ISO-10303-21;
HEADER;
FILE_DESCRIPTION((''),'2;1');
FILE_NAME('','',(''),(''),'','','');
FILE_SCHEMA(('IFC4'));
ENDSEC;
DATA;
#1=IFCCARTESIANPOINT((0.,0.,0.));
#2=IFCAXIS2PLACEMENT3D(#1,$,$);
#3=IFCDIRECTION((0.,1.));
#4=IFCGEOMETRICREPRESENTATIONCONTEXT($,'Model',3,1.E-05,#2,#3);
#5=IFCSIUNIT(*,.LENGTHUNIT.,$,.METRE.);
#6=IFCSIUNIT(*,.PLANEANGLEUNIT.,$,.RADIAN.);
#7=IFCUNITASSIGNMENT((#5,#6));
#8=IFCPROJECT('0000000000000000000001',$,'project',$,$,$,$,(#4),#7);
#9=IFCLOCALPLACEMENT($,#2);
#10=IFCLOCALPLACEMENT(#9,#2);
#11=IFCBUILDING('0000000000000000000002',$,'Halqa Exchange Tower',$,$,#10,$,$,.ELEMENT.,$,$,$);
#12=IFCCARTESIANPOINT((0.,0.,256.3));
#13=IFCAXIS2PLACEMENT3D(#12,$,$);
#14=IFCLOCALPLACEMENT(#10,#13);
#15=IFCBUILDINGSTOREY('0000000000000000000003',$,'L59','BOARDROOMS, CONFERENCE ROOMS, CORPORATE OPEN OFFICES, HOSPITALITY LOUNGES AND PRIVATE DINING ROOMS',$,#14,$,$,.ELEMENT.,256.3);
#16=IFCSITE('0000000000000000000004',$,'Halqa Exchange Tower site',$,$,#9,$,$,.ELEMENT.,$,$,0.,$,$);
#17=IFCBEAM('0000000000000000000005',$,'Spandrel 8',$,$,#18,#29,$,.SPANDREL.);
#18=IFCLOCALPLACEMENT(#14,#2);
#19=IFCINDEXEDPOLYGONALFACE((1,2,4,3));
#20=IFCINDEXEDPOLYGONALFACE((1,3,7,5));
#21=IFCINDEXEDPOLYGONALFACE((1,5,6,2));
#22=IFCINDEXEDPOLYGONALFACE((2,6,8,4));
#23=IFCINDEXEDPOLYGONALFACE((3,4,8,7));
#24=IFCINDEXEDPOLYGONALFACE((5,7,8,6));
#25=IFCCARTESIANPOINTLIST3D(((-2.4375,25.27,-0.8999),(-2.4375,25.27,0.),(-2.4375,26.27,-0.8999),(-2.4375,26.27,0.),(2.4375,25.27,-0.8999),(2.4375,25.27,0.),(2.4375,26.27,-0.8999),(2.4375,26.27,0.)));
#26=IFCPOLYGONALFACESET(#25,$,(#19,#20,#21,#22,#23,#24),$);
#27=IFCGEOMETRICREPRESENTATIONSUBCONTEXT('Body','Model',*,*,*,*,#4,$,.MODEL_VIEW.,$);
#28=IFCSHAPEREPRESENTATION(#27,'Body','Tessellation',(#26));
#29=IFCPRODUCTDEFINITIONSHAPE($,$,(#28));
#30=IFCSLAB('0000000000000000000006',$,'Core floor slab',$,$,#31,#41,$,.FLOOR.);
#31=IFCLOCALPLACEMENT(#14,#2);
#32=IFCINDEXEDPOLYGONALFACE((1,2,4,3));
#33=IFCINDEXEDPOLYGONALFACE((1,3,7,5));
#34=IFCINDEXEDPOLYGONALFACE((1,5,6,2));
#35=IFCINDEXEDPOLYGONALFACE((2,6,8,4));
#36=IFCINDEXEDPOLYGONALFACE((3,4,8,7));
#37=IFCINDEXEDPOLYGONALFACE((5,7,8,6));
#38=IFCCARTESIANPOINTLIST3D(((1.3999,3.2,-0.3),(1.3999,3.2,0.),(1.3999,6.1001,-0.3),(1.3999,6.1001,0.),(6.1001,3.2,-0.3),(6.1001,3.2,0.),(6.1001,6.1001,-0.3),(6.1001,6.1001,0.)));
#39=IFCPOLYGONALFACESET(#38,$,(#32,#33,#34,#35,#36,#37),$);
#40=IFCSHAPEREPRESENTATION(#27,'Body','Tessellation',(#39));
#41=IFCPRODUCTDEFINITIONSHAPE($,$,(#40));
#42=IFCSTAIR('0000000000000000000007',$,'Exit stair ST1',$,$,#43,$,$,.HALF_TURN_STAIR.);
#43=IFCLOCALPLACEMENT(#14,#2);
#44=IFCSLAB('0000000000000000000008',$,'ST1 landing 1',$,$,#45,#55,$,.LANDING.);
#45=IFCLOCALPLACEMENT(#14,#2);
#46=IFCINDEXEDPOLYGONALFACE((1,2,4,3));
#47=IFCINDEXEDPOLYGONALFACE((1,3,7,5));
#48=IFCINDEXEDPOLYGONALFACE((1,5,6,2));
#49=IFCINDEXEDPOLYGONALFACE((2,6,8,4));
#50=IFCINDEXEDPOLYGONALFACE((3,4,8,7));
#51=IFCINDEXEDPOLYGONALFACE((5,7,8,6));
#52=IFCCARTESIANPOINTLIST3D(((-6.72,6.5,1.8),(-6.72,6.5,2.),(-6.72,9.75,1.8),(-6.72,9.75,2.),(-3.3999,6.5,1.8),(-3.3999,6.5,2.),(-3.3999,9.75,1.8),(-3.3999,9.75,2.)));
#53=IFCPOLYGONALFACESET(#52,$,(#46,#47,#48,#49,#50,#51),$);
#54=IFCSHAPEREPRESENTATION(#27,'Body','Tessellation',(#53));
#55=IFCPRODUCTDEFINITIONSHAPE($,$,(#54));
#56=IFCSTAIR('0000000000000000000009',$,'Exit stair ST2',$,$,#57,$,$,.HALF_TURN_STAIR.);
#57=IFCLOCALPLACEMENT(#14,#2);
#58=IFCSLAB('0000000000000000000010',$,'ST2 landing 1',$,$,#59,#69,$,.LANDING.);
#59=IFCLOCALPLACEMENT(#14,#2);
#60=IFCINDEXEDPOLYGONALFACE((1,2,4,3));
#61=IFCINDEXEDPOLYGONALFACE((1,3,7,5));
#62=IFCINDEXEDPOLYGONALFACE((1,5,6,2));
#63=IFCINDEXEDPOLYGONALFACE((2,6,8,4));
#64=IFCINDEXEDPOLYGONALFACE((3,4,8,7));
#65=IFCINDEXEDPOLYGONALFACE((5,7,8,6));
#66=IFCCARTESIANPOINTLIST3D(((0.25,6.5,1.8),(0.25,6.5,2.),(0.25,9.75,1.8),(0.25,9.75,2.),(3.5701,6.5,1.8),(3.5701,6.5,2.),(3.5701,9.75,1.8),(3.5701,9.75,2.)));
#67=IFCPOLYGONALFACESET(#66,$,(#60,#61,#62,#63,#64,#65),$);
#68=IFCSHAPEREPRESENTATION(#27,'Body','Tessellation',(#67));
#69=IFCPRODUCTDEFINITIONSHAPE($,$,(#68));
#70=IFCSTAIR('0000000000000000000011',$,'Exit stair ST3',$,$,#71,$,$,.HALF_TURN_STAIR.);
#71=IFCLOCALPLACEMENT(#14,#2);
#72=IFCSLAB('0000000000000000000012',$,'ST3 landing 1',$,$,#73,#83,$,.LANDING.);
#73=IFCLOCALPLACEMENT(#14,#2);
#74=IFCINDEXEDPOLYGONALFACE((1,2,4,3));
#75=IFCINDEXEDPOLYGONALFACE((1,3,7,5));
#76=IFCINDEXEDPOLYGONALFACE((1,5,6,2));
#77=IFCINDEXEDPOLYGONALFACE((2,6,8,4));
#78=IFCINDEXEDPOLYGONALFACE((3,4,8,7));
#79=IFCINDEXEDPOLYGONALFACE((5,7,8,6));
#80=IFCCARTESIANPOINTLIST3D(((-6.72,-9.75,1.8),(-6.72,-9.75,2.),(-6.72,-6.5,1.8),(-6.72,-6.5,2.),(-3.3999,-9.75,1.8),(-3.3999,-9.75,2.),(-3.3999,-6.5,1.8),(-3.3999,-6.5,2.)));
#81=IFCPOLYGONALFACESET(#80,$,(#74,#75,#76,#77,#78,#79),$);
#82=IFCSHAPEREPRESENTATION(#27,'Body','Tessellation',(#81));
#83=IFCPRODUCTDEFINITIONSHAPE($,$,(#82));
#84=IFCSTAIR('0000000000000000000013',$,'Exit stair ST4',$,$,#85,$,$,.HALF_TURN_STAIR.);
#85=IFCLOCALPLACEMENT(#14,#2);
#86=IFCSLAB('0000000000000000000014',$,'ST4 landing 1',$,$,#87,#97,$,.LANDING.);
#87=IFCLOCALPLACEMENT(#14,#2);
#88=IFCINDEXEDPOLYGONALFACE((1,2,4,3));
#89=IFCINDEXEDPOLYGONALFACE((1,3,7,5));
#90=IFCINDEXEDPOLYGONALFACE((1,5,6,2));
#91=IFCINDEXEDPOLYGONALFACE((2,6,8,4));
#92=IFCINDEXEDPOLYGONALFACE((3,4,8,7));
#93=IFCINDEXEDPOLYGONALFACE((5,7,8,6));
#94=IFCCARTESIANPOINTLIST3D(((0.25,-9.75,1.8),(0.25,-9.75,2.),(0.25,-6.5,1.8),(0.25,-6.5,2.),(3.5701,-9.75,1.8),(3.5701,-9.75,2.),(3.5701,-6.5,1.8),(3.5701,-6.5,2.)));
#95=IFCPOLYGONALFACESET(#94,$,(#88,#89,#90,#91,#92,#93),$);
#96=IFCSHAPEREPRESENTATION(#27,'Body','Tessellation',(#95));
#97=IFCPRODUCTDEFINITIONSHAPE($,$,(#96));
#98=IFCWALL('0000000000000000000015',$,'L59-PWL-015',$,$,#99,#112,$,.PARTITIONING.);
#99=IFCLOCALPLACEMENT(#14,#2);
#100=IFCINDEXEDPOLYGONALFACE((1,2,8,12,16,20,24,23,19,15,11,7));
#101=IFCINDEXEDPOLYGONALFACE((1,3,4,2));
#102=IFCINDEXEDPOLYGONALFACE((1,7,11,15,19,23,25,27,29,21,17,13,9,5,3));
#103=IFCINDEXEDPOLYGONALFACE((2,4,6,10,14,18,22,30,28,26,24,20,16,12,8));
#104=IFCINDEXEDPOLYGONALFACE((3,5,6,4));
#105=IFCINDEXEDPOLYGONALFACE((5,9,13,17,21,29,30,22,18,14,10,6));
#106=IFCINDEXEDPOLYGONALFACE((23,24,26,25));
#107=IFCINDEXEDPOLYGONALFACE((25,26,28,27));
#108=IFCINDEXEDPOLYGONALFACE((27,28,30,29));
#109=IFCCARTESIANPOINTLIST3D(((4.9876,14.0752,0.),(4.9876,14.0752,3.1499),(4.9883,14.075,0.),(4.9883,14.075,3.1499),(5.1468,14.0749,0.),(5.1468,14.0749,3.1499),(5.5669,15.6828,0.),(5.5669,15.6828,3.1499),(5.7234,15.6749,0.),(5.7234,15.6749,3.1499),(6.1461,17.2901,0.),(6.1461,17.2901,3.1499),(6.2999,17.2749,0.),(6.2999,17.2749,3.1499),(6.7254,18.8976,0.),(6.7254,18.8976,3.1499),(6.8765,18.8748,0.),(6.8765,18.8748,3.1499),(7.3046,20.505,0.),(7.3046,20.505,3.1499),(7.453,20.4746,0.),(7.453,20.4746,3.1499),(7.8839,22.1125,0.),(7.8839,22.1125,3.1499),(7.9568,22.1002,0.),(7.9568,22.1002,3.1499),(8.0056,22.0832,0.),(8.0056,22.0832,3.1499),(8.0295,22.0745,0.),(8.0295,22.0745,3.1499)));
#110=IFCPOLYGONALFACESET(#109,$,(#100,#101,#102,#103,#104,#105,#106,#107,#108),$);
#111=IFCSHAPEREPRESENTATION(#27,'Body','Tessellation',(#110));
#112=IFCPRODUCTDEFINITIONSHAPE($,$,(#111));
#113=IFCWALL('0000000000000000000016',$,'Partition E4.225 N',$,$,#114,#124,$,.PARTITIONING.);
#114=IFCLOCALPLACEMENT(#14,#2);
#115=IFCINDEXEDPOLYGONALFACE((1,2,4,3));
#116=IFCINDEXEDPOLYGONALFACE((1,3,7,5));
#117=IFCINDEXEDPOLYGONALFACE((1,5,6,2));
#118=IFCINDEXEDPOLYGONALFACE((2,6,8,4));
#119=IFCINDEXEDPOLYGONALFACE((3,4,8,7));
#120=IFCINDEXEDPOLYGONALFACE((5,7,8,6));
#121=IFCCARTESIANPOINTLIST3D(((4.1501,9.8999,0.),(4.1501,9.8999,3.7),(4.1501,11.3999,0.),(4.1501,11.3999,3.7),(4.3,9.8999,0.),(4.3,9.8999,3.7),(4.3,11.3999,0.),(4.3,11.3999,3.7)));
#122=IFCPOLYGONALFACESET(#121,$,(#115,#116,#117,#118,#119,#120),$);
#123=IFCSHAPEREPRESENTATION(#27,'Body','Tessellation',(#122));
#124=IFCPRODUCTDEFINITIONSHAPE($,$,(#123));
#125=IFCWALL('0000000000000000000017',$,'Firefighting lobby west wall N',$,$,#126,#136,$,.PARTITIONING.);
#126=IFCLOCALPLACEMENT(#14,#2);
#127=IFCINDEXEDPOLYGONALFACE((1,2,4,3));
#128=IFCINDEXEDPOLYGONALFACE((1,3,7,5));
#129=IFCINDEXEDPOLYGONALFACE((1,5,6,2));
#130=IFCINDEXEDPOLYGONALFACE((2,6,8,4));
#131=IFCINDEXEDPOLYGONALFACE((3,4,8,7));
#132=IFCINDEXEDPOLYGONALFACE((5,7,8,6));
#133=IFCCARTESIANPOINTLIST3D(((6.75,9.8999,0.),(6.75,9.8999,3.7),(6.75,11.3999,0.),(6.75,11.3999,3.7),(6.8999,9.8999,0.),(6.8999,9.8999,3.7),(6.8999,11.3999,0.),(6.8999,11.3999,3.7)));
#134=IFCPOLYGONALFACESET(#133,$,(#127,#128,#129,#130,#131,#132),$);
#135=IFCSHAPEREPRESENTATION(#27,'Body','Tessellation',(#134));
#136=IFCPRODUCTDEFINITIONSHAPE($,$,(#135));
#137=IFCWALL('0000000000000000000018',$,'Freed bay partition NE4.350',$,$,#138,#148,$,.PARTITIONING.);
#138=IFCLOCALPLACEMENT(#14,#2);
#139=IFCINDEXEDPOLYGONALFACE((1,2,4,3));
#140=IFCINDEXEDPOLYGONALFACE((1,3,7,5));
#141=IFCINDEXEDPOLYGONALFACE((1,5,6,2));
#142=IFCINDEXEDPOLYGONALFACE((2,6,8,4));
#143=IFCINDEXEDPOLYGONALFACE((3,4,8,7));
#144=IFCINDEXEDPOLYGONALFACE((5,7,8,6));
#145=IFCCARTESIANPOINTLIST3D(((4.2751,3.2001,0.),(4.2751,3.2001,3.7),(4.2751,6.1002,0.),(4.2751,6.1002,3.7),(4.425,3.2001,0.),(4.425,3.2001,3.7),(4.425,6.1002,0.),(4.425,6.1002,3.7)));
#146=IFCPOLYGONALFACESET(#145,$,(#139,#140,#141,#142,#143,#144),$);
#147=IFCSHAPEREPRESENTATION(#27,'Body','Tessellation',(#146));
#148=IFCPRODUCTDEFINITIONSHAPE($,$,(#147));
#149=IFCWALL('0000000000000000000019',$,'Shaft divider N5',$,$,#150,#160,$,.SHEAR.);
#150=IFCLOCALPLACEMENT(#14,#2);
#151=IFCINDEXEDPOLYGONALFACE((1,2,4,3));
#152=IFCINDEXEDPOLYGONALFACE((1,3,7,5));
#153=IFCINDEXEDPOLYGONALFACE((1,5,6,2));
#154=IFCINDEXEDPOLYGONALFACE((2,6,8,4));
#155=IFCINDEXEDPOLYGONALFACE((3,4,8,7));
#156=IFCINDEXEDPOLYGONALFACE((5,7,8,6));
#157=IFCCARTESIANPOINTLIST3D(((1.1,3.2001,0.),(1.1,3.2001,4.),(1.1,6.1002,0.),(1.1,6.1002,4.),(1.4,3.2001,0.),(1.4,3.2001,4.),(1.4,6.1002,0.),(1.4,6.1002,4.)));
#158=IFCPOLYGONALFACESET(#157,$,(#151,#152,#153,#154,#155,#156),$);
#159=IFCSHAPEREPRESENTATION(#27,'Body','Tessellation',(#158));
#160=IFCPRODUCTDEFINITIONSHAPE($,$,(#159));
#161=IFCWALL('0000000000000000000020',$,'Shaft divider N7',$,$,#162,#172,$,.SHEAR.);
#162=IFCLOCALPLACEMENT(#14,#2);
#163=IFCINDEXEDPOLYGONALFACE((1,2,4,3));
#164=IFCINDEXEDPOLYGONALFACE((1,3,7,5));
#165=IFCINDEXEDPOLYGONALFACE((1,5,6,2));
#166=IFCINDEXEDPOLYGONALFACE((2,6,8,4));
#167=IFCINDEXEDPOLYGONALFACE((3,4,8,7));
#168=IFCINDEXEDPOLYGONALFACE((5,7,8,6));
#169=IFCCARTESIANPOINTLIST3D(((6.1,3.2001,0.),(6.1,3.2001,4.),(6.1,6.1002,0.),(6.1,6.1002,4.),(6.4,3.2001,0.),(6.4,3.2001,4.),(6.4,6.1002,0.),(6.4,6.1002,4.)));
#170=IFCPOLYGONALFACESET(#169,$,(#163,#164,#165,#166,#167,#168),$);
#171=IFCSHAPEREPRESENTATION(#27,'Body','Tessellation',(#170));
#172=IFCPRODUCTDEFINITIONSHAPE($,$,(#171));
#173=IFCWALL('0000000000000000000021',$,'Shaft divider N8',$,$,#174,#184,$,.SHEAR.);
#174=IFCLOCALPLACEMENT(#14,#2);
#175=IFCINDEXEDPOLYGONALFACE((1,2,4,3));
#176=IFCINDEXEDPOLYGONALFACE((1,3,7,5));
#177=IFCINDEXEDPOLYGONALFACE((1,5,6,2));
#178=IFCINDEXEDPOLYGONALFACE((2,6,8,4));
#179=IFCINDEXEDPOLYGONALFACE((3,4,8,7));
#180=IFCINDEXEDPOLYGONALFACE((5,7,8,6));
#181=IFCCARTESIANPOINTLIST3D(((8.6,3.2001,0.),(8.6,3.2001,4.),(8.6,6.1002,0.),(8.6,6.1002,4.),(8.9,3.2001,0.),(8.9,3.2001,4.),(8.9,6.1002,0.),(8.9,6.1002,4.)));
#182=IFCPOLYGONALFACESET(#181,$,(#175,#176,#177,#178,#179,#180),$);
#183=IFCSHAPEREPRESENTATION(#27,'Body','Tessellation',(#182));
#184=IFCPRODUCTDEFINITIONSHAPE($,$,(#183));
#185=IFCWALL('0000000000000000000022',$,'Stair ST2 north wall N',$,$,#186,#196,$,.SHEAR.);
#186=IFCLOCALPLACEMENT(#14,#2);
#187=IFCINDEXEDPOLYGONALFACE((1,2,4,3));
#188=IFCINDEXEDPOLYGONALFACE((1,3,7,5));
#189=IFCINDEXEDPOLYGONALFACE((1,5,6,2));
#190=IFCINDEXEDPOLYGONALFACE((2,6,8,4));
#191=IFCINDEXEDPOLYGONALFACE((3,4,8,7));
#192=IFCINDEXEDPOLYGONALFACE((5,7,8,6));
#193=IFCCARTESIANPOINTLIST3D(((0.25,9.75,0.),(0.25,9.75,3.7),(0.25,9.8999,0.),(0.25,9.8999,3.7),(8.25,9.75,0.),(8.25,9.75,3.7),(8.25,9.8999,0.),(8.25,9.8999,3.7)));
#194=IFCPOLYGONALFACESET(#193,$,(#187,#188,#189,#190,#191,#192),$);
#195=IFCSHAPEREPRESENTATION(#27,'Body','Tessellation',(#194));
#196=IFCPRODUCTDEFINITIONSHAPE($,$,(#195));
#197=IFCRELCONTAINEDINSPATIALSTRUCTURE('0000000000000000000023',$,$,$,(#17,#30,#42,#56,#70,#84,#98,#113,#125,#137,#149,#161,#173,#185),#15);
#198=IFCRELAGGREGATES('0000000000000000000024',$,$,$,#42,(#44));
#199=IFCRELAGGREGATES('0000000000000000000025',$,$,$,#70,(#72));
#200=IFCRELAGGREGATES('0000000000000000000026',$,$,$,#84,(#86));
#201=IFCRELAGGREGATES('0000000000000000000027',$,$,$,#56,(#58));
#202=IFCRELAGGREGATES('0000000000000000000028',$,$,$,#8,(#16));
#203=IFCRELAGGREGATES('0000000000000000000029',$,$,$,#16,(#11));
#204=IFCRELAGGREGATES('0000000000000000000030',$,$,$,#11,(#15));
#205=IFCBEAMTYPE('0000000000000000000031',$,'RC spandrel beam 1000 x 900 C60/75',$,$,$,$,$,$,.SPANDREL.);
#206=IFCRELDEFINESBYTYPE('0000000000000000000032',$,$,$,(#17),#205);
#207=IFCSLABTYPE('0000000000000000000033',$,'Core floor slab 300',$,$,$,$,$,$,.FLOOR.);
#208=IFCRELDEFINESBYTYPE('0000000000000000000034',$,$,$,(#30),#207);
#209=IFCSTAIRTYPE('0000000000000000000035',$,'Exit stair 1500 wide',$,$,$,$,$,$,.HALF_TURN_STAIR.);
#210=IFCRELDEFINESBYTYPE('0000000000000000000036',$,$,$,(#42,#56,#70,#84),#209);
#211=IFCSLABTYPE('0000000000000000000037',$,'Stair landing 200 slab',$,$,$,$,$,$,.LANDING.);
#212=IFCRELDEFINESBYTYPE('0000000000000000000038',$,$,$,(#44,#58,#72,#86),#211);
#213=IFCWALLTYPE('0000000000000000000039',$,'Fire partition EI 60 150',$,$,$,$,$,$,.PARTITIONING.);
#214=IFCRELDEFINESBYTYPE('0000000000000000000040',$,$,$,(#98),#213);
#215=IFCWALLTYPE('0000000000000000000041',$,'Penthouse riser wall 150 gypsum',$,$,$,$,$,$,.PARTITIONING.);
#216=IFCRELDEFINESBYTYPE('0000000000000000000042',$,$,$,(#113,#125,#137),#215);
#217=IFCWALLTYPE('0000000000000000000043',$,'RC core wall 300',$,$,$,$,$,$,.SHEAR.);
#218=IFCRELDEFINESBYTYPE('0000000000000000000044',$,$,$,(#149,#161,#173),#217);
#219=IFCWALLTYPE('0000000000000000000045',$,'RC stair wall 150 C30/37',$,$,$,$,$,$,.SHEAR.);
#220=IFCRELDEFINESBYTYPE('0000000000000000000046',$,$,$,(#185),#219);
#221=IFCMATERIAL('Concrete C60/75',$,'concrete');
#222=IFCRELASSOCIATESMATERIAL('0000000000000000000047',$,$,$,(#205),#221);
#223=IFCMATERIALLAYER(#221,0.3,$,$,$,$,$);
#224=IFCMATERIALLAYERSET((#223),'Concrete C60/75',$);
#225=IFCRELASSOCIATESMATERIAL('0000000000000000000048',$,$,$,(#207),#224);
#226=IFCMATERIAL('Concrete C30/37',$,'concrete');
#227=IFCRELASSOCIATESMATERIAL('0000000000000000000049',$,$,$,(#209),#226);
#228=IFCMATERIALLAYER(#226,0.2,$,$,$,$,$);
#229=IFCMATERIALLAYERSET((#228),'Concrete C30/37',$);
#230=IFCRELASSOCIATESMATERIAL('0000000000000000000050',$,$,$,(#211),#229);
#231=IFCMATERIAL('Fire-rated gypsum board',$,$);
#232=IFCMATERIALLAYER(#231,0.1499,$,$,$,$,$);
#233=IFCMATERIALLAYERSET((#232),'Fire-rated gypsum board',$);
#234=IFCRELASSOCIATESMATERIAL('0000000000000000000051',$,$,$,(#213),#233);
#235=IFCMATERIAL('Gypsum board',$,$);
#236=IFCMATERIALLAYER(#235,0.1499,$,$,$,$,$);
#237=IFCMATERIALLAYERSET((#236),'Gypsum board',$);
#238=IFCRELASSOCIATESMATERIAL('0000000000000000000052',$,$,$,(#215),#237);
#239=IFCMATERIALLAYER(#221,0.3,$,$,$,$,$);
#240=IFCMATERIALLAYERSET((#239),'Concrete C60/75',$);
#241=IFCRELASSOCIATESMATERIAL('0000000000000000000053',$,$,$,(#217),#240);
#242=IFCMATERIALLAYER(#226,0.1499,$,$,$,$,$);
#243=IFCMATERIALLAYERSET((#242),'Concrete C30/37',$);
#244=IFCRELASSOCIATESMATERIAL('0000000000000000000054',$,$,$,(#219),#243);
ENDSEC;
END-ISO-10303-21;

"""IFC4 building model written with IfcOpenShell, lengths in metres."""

from ifc_helpers import new_model, si_unit, direction, frame, frame_2d, origin, origin_2d, place, context, subcontext, project, spatial, polyline, rectangle, outline, extrude, material, layer, layer_set, material_profile, profile_set, type_object, element, aggregate, save


model = new_model("IFC4")

# Units and contexts
model_context = context("Model", 3, precision=1e-05, world=origin(), true_north=direction((0.0, 1.0)))
body_context = subcontext(model_context, "Body", "Model", "MODEL_VIEW")
ifc_project = project(units=[si_unit("LENGTHUNIT", "METRE"), si_unit("PLANEANGLEUNIT", "RADIAN")], contexts=[model_context])

# Site, building, storey
site_placement = place(None, origin())
site = spatial("IfcSite", under=ifc_project, at=site_placement, Name="Halqa Exchange Tower site", CompositionType="ELEMENT", RefElevation=0.0)
building_placement = place(site_placement, origin())
building = spatial("IfcBuilding", under=site, at=building_placement, Name="Halqa Exchange Tower", CompositionType="ELEMENT")
storey_placement = place(building_placement, frame((0.0, 0.0, 256.3)))
storey = spatial("IfcBuildingStorey", under=building, at=storey_placement, Name="L59", Description="BOARDROOMS, CONFERENCE ROOMS, CORPORATE OPEN OFFICES, HOSPITALITY LOUNGES AND PRIVATE DINING ROOMS", CompositionType="ELEMENT", Elevation=256.3)

# Shared definitions
ifc_material_1 = material(Name="Concrete C60/75", Category="concrete")

# Beam
ifc_material_profile_1 = material_profile(ifc_material_1, rectangle(XDim=1.0, YDim=0.8999, at=origin_2d()), Name="1000 x 900")
ifc_profile_set_1 = profile_set([ifc_material_profile_1], Name="Concrete C60/75")
beam_type_1 = type_object("IfcBeamType", Name="RC spandrel beam 1000 x 900 C60/75", PredefinedType="SPANDREL", material=ifc_profile_set_1)
beam_1_placement = place(storey_placement, frame((2.4375, 25.77, -0.45), z_axis=(-1.0, 0.0, 0.0), x_axis=(0.0, -1.0, 0.0)))
element("IfcBeam", 1, at=beam_1_placement, inside=storey, type_object=beam_type_1, Name="Spandrel 8", PredefinedType="SPANDREL", context=body_context, shape_type="SweptSolid", body=[
    extrude(rectangle(XDim=1.0, YDim=0.8999, at=origin_2d()), origin(), (0.0, 0.0, 1.0), 4.875),
])

# Slab
ifc_layer_1 = layer(ifc_material_1, 0.3)
ifc_layer_set_1 = layer_set([ifc_layer_1], Name="Concrete C60/75")
slab_type_1 = type_object("IfcSlabType", Name="Core floor slab 300", PredefinedType="FLOOR", material=ifc_layer_set_1)
slab_1_placement = place(storey_placement, frame((0.0, 0.0, -0.3)))
element("IfcSlab", 2, at=slab_1_placement, inside=storey, type_object=slab_type_1, Name="Core floor slab", PredefinedType="FLOOR", context=body_context, shape_type="SweptSolid", body=[
    extrude(outline(polyline([(6.1001, 6.1001), (6.1001, 3.2), (1.3999, 3.2), (1.3999, 6.1001), (6.1001, 6.1001)])), origin(), (0.0, 0.0, 1.0), 0.3),
])

# Stairs, slabs
ifc_material_2 = material(Name="Concrete C30/37", Category="concrete")
stair_type = type_object("IfcStairType", Name="Exit stair 1500 wide", PredefinedType="HALF_TURN_STAIR", material=ifc_material_2)
stair_1_placement = place(storey_placement, origin())
stair_1 = element("IfcStair", 3, at=stair_1_placement, inside=storey, type_object=stair_type, Name="Exit stair ST1", PredefinedType="HALF_TURN_STAIR")
ifc_layer_2 = layer(ifc_material_2, 0.2)
ifc_layer_set_2 = layer_set([ifc_layer_2], Name="Concrete C30/37")
slab_type_2 = type_object("IfcSlabType", Name="Stair landing 200 slab", PredefinedType="LANDING", material=ifc_layer_set_2)
slab_2_placement = place(storey_placement, frame((0.0, 0.0, 1.8)))
slab_2 = element("IfcSlab", 4, at=slab_2_placement, type_object=slab_type_2, Name="ST1 landing 1", PredefinedType="LANDING", context=body_context, shape_type="SweptSolid", body=[
    extrude(outline(polyline([(-6.72, 6.5), (-3.3999, 6.5), (-3.3999, 9.75), (-6.72, 9.75), (-6.72, 6.5)])), origin(), (0.0, 0.0, 1.0), 0.2),
])
aggregate(stair_1, [slab_2])
stair_2_placement = place(storey_placement, origin())
stair_2 = element("IfcStair", 5, at=stair_2_placement, inside=storey, type_object=stair_type, Name="Exit stair ST2", PredefinedType="HALF_TURN_STAIR")
slab_3_placement = place(storey_placement, frame((0.0, 0.0, 1.8)))
slab_3 = element("IfcSlab", 6, at=slab_3_placement, type_object=slab_type_2, Name="ST2 landing 1", PredefinedType="LANDING", context=body_context, shape_type="SweptSolid", body=[
    extrude(outline(polyline([(0.25, 6.5), (3.5701, 6.5), (3.5701, 9.75), (0.25, 9.75), (0.25, 6.5)])), origin(), (0.0, 0.0, 1.0), 0.2),
])
stair_3_placement = place(storey_placement, origin())
stair_3 = element("IfcStair", 7, at=stair_3_placement, inside=storey, type_object=stair_type, Name="Exit stair ST3", PredefinedType="HALF_TURN_STAIR")
slab_4_placement = place(storey_placement, frame((0.0, 0.0, 1.8)))
slab_4 = element("IfcSlab", 8, at=slab_4_placement, type_object=slab_type_2, Name="ST3 landing 1", PredefinedType="LANDING", context=body_context, shape_type="SweptSolid", body=[
    extrude(outline(polyline([(-6.72, -9.75), (-3.3999, -9.75), (-3.3999, -6.5), (-6.72, -6.5), (-6.72, -9.75)])), origin(), (0.0, 0.0, 1.0), 0.2),
])
aggregate(stair_3, [slab_4])
stair_4_placement = place(storey_placement, origin())
stair_4 = element("IfcStair", 9, at=stair_4_placement, inside=storey, type_object=stair_type, Name="Exit stair ST4", PredefinedType="HALF_TURN_STAIR")
slab_5_placement = place(storey_placement, frame((0.0, 0.0, 1.8)))
slab_5 = element("IfcSlab", 10, at=slab_5_placement, type_object=slab_type_2, Name="ST4 landing 1", PredefinedType="LANDING", context=body_context, shape_type="SweptSolid", body=[
    extrude(outline(polyline([(0.25, -9.75), (3.5701, -9.75), (3.5701, -6.5), (0.25, -6.5), (0.25, -9.75)])), origin(), (0.0, 0.0, 1.0), 0.2),
])
aggregate(stair_4, [slab_5])

# Walls
ifc_material_3 = material(Name="Fire-rated gypsum board")
ifc_layer_3 = layer(ifc_material_3, 0.1499)
ifc_layer_set_3 = layer_set([ifc_layer_3], Name="Fire-rated gypsum board")
wall_type_1 = type_object("IfcWallType", Name="Fire partition EI 60 150", PredefinedType="PARTITIONING", material=ifc_layer_set_3)
wall_1_placement = place(storey_placement, frame((5.0581, 14.0498, 0.0), z_axis=(0.0, 0.0, 1.0), x_axis=(0.339015, 0.940781, 0.0)))
element("IfcWall", 11, at=wall_1_placement, inside=storey, type_object=wall_type_1, Name="L59-PWL-015", PredefinedType="PARTITIONING", context=body_context, shape_type="SweptSolid", body=[
    extrude(outline(polyline([(8.5569, -0.075), (8.5569, -0.0496), (8.5564, 0.0022), (8.5432, 0.075), (6.8345, 0.075), (5.126, 0.075), (3.4172, 0.075), (1.7087, 0.075), (0.0, 0.075), (0.0, 0.0742), (0.0537, -0.075), (1.7544, -0.075), (3.4551, -0.075), (5.1558, -0.075), (6.8562, -0.075), (8.5569, -0.075)])), origin(), (0.0, 0.0, 1.0), 3.1499),
])
ifc_material_4 = material(Name="Gypsum board")
ifc_layer_4 = layer(ifc_material_4, 0.1499)
ifc_layer_set_4 = layer_set([ifc_layer_4], Name="Gypsum board")
wall_type_2 = type_object("IfcWallType", Name="Penthouse riser wall 150 gypsum", PredefinedType="PARTITIONING", material=ifc_layer_set_4)
for number, where, z_axis, x_axis, name in (
    (12, (4.2251, 9.8999, 0.0), (0.0, 0.0, 1.0), (0.0, 1.0, 0.0), "Partition E4.225 N"),
    (13, (6.825, 9.8999, 0.0), (0.0, 0.0, 1.0), (0.0, 1.0, 0.0), "Firefighting lobby west wall N"),
):
    element("IfcWall", number, at=place(storey_placement, frame(where, z_axis=z_axis, x_axis=x_axis)), inside=storey, type_object=wall_type_2, Name=name, PredefinedType="PARTITIONING", context=body_context, shape_type="SweptSolid", body=[
        extrude(rectangle(XDim=1.5, YDim=0.1499, at=frame_2d((0.75, 0.0))), origin(), (0.0, 0.0, 1.0), 3.7),
    ])
wall_2_placement = place(storey_placement, frame((4.3501, 3.2, 0.0), z_axis=(0.0, 0.0, 1.0), x_axis=(0.0, 1.0, 0.0)))
element("IfcWall", 14, at=wall_2_placement, inside=storey, type_object=wall_type_2, Name="Freed bay partition NE4.350", PredefinedType="PARTITIONING", context=body_context, shape_type="SweptSolid", body=[
    extrude(rectangle(XDim=2.9001, YDim=0.1499, at=frame_2d((1.4502, 0.0))), origin(), (0.0, 0.0, 1.0), 3.7),
])
ifc_layer_5 = layer(ifc_material_1, 0.3)
ifc_layer_set_5 = layer_set([ifc_layer_5], Name="Concrete C60/75")
wall_type_3 = type_object("IfcWallType", Name="RC core wall 300", PredefinedType="SHEAR", material=ifc_layer_set_5)
for number, where, z_axis, x_axis, name in (
    (15, (1.25, 3.2, 0.0), (0.0, 0.0, 1.0), (0.0, 1.0, 0.0), "Shaft divider N5"),
    (16, (6.25, 3.2, 0.0), (0.0, 0.0, 1.0), (0.0, 1.0, 0.0), "Shaft divider N7"),
    (17, (8.75, 3.2, 0.0), (0.0, 0.0, 1.0), (0.0, 1.0, 0.0), "Shaft divider N8"),
):
    element("IfcWall", number, at=place(storey_placement, frame(where, z_axis=z_axis, x_axis=x_axis)), inside=storey, type_object=wall_type_3, Name=name, PredefinedType="SHEAR", context=body_context, shape_type="SweptSolid", body=[
        extrude(rectangle(XDim=2.9001, YDim=0.3, at=frame_2d((1.4502, 0.0))), origin(), (0.0, 0.0, 1.0), 4.0),
    ])
ifc_layer_6 = layer(ifc_material_2, 0.1499)
ifc_layer_set_6 = layer_set([ifc_layer_6], Name="Concrete C30/37")
wall_type_4 = type_object("IfcWallType", Name="RC stair wall 150 C30/37", PredefinedType="SHEAR", material=ifc_layer_set_6)
wall_3_placement = place(storey_placement, frame((0.25, 9.825, 0.0), z_axis=(0.0, 0.0, 1.0), x_axis=(1.0, 0.0, 0.0)))
element("IfcWall", 18, at=wall_3_placement, inside=storey, type_object=wall_type_4, Name="Stair ST2 north wall N", PredefinedType="SHEAR", context=body_context, shape_type="SweptSolid", body=[
    extrude(rectangle(XDim=8.0, YDim=0.1499, at=frame_2d((4.0, 0.0))), origin(), (0.0, 0.0, 1.0), 3.7),
])

aggregate(stair_2, [slab_3])

save(model, "model.ifc")
